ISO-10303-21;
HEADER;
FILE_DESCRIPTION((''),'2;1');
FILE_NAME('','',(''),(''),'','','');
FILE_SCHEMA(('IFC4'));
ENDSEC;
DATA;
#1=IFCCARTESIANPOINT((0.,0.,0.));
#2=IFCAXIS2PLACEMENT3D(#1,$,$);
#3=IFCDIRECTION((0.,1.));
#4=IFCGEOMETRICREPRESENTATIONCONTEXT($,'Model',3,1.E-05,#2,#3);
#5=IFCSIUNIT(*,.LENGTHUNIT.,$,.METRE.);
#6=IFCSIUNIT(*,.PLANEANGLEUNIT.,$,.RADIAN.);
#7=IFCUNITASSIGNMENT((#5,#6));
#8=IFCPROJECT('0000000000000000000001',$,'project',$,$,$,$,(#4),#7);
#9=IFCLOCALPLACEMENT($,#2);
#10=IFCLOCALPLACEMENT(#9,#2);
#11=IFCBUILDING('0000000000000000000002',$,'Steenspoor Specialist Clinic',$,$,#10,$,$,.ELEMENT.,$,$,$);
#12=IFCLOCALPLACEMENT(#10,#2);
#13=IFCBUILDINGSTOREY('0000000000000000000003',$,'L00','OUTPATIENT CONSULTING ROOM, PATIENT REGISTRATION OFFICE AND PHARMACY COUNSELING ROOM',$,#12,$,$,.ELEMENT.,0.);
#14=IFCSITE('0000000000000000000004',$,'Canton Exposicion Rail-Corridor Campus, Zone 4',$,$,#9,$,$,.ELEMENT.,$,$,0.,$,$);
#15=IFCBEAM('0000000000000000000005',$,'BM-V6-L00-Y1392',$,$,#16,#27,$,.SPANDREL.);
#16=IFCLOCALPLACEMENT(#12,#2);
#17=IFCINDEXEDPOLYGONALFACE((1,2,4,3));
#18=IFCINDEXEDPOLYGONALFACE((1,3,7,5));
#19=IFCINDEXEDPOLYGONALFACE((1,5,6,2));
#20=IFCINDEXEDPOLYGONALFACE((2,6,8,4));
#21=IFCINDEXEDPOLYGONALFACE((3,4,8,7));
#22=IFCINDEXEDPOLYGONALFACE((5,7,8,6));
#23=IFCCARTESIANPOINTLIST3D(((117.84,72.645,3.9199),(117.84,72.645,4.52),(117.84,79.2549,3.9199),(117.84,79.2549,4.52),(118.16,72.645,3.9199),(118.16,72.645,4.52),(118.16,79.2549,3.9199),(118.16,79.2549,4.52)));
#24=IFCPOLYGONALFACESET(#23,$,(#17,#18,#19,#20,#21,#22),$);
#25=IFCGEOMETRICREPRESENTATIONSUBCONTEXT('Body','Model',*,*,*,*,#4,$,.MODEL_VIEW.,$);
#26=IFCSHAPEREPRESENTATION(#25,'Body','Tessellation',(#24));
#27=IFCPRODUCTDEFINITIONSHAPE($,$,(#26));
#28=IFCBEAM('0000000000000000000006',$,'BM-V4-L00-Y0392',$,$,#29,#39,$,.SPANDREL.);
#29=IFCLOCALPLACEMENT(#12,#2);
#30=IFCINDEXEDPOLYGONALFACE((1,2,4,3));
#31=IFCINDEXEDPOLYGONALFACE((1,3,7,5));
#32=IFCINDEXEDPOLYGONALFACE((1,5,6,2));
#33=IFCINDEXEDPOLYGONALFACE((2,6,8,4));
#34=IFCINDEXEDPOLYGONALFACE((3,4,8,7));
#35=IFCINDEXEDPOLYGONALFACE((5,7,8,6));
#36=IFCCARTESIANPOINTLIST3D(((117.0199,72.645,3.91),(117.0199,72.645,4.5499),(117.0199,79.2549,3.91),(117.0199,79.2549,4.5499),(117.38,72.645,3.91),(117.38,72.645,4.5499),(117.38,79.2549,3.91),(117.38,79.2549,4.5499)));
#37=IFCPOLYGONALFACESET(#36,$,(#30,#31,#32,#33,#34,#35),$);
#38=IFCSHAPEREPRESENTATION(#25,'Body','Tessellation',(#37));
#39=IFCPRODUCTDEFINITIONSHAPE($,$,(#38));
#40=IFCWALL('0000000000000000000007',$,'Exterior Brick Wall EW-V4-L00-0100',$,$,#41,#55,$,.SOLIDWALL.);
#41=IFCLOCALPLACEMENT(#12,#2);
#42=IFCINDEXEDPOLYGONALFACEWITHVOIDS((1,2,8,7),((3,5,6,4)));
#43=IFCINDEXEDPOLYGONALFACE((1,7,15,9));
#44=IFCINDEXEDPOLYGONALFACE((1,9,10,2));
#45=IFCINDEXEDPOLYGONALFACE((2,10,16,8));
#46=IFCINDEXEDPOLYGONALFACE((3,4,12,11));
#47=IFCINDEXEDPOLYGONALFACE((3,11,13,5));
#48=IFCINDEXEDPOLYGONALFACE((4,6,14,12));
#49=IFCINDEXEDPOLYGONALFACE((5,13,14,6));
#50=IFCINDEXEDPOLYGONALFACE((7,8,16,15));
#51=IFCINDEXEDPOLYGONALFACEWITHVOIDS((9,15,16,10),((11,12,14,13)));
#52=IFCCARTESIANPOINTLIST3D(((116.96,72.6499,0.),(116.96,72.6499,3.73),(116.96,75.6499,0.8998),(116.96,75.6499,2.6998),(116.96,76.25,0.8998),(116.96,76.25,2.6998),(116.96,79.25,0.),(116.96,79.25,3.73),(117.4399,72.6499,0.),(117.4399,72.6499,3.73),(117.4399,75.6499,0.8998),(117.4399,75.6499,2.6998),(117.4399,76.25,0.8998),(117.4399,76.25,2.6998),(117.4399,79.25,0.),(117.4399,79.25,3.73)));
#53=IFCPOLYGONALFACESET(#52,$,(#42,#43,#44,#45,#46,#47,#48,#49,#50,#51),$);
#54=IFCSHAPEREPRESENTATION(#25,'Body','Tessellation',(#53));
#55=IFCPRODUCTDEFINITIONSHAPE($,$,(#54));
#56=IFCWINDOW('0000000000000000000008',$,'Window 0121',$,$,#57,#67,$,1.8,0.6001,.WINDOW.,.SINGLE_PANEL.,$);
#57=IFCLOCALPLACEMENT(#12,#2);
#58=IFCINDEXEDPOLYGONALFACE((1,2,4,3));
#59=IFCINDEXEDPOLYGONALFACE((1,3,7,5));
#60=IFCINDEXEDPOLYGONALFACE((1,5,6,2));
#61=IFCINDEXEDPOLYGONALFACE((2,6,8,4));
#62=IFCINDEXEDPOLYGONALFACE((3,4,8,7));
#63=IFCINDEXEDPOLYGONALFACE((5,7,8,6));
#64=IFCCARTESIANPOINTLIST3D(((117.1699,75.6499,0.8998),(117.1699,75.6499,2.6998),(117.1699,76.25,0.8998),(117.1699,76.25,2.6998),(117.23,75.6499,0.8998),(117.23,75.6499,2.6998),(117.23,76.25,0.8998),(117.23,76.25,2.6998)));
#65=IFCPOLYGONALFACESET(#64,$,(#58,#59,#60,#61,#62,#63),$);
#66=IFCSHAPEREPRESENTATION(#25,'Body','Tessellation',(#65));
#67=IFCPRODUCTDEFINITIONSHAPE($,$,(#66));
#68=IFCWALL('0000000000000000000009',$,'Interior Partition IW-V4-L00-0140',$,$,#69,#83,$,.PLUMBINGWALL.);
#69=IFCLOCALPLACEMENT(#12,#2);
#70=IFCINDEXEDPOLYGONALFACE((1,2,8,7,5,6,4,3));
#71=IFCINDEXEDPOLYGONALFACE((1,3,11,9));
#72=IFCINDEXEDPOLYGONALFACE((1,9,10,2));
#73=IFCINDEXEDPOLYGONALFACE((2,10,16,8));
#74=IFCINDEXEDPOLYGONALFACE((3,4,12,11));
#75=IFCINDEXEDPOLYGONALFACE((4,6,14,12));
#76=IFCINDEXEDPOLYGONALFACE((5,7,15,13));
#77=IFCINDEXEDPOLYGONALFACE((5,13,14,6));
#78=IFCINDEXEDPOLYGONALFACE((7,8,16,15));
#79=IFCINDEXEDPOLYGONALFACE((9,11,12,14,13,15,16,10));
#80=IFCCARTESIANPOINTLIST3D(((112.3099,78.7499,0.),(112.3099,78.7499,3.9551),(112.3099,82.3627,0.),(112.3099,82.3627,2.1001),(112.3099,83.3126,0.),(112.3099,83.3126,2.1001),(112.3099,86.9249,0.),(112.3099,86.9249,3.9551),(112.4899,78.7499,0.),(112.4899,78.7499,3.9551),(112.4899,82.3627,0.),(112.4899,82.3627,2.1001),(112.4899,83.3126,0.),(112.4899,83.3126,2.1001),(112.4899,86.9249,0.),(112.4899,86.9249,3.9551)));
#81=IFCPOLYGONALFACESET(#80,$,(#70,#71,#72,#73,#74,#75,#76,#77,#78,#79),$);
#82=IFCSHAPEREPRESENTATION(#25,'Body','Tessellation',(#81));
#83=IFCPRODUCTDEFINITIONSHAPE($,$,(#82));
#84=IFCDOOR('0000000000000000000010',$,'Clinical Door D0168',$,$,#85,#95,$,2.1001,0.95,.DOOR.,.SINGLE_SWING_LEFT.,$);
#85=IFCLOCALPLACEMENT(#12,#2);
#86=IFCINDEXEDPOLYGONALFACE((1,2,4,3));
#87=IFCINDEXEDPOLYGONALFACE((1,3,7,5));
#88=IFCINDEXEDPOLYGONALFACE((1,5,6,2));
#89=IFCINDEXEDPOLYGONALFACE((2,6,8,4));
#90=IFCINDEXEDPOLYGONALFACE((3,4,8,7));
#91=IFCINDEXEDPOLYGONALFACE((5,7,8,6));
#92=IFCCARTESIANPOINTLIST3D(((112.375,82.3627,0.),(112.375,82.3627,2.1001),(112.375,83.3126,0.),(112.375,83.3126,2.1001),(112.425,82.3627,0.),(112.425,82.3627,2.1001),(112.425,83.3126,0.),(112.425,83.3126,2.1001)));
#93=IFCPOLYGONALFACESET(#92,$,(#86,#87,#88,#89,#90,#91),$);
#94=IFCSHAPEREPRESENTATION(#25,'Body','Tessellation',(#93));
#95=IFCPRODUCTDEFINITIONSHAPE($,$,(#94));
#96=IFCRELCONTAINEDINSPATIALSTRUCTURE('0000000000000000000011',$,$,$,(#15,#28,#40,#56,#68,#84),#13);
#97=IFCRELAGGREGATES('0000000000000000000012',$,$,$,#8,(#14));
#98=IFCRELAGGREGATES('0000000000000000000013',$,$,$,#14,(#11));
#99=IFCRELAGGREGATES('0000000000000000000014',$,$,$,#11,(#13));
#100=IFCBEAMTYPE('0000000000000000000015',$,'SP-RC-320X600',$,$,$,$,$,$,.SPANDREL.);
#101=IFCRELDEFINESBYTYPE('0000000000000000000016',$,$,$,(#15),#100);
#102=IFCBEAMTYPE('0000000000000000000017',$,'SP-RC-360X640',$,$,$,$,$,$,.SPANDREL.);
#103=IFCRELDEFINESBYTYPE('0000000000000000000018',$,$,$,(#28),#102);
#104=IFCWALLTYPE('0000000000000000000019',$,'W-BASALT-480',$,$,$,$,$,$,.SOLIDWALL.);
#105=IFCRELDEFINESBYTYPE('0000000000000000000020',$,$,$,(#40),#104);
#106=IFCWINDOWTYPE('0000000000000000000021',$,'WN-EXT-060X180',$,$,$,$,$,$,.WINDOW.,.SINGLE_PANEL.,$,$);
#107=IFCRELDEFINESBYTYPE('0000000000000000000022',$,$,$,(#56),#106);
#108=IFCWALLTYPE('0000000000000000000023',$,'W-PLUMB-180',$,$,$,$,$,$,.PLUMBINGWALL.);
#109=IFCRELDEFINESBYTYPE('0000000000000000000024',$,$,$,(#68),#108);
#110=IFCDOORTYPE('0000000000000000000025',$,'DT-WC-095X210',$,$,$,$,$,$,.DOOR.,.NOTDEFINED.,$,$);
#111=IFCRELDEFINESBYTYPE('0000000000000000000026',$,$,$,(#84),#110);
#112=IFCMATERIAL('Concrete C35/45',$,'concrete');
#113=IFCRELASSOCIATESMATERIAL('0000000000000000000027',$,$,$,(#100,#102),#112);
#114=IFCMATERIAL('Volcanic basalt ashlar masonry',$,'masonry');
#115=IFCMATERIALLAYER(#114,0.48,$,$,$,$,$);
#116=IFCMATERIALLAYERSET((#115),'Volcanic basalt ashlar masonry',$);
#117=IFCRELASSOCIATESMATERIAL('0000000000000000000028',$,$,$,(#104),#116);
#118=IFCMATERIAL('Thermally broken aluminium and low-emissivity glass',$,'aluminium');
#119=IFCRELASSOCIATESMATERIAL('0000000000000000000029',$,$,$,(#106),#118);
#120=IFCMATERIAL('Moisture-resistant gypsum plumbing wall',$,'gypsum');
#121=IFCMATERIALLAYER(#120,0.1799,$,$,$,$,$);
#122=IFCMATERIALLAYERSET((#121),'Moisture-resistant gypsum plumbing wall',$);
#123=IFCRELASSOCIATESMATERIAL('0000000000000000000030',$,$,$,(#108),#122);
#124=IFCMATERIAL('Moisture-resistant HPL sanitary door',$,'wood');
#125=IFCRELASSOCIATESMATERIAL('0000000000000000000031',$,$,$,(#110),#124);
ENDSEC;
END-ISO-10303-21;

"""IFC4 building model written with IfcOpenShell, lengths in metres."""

from ifc_helpers import new_model, si_unit, direction, frame, frame_2d, origin, origin_2d, place, context, subcontext, project, spatial, rectangle, extrude, material, layer, layer_set, material_profile, profile_set, type_object, element, fill, save


model = new_model("IFC4")

# Units and contexts
model_context = context("Model", 3, precision=1e-05, world=origin(), true_north=direction((0.0, 1.0)))
body_context = subcontext(model_context, "Body", "Model", "MODEL_VIEW")
ifc_project = project(units=[si_unit("LENGTHUNIT", "METRE"), si_unit("PLANEANGLEUNIT", "RADIAN")], contexts=[model_context])

# Site, building, storey
site_placement = place(None, origin())
site = spatial("IfcSite", under=ifc_project, at=site_placement, Name="Canton Exposicion Rail-Corridor Campus, Zone 4", CompositionType="ELEMENT", RefElevation=0.0)
building_placement = place(site_placement, origin())
building = spatial("IfcBuilding", under=site, at=building_placement, Name="Steenspoor Specialist Clinic", CompositionType="ELEMENT")
storey_placement = place(building_placement, origin())
storey = spatial("IfcBuildingStorey", under=building, at=storey_placement, Name="L00", Description="OUTPATIENT CONSULTING ROOM, PATIENT REGISTRATION OFFICE AND PHARMACY COUNSELING ROOM", CompositionType="ELEMENT", Elevation=0.0)

# Shared definitions
ifc_material_1 = material(Name="Concrete C35/45", Category="concrete")

# Shared definitions
ifc_material_2 = material(Name="Thermally broken aluminium and low-emissivity glass", Category="aluminium")

# Beams
ifc_material_profile_1 = material_profile(ifc_material_1, rectangle(XDim=0.3201, YDim=0.6001, at=origin_2d()), Name="RC-SP-320X600")
ifc_profile_set_1 = profile_set([ifc_material_profile_1], Name="Concrete C35/45")
beam_type_1 = type_object("IfcBeamType", Name="SP-RC-320X600", PredefinedType="SPANDREL", material=ifc_profile_set_1)
beam_1_placement = place(storey_placement, frame((118.0, 72.645, 4.22), z_axis=(0.0, 1.0, 0.0), x_axis=(-1.0, 0.0, 0.0)))
element("IfcBeam", 1, at=beam_1_placement, inside=storey, type_object=beam_type_1, Name="BM-V6-L00-Y1392", PredefinedType="SPANDREL", context=body_context, shape_type="SweptSolid", body=[
    extrude(rectangle(XDim=0.3201, YDim=0.6001, at=origin_2d()), origin(), (0.0, 0.0, 1.0), 6.6099),
])
ifc_material_profile_2 = material_profile(ifc_material_1, rectangle(XDim=0.3601, YDim=0.6399, at=origin_2d()), Name="RC-SP-360X640")
ifc_profile_set_2 = profile_set([ifc_material_profile_2], Name="Concrete C35/45")
beam_type_2 = type_object("IfcBeamType", Name="SP-RC-360X640", PredefinedType="SPANDREL", material=ifc_profile_set_2)
beam_2_placement = place(storey_placement, frame((117.2, 72.645, 4.23), z_axis=(0.0, 1.0, 0.0), x_axis=(-1.0, 0.0, 0.0)))
element("IfcBeam", 2, at=beam_2_placement, inside=storey, type_object=beam_type_2, Name="BM-V4-L00-Y0392", PredefinedType="SPANDREL", context=body_context, shape_type="SweptSolid", body=[
    extrude(rectangle(XDim=0.3601, YDim=0.6399, at=origin_2d()), origin(), (0.0, 0.0, 1.0), 6.6099),
])

# Wall, opening, window
ifc_material_3 = material(Name="Volcanic basalt ashlar masonry", Category="masonry")
ifc_layer_1 = layer(ifc_material_3, 0.48)
ifc_layer_set_1 = layer_set([ifc_layer_1], Name="Volcanic basalt ashlar masonry")
wall_type_1 = type_object("IfcWallType", Name="W-BASALT-480", PredefinedType="SOLIDWALL", material=ifc_layer_set_1)
wall_1_placement = place(storey_placement, frame((117.2, 79.25, 0.0), z_axis=(0.0, 0.0, 1.0), x_axis=(0.0, -1.0, 0.0)))
wall_1 = element("IfcWall", 3, at=wall_1_placement, inside=storey, type_object=wall_type_1, Name="Exterior Brick Wall EW-V4-L00-0100", PredefinedType="SOLIDWALL", context=body_context, shape_type="SweptSolid", body=[
    extrude(rectangle(XDim=6.6001, YDim=0.48, at=frame_2d((3.3, 0.0))), origin(), (0.0, 0.0, 1.0), 3.73),
])
opening_1_placement = place(wall_1_placement, frame((3.0, 0.0, 0.8999)))
opening_1 = element("IfcOpeningElement", 4, at=opening_1_placement, cuts=wall_1, PredefinedType="OPENING", context=body_context, shape_type="SweptSolid", body=[
    extrude(rectangle(XDim=0.6001, YDim=1.8, at=frame_2d((0.3, 0.8999))), frame((0.0, 0.25, 0.0), z_axis=(0.0, -1.0, 0.0), x_axis=(1.0, 0.0, 0.0)), (0.0, 0.0, 1.0), 0.5),
])
window_type = type_object("IfcWindowType", Name="WN-EXT-060X180", PartitioningType="SINGLE_PANEL", PredefinedType="WINDOW", material=ifc_material_2)
window_placement = place(opening_1_placement, origin())
window = element("IfcWindow", 5, at=window_placement, inside=storey, type_object=window_type, Name="Window 0121", OverallHeight=1.8, OverallWidth=0.6001, PartitioningType="SINGLE_PANEL", PredefinedType="WINDOW", context=body_context, shape_type="SweptSolid", body=[
    extrude(rectangle(XDim=0.6001, YDim=1.8, at=frame_2d((0.3, 0.8999))), frame((0.0, 0.03, 0.0), z_axis=(0.0, -1.0, 0.0), x_axis=(1.0, 0.0, 0.0)), (0.0, 0.0, 1.0), 0.0601),
])
fill(opening_1, window)

# Wall, opening, door
ifc_material_4 = material(Name="Moisture-resistant gypsum plumbing wall", Category="gypsum")
ifc_layer_2 = layer(ifc_material_4, 0.1799)
ifc_layer_set_2 = layer_set([ifc_layer_2], Name="Moisture-resistant gypsum plumbing wall")
wall_type_2 = type_object("IfcWallType", Name="W-PLUMB-180", PredefinedType="PLUMBINGWALL", material=ifc_layer_set_2)
wall_2_placement = place(storey_placement, frame((112.3999, 78.75, 0.0), z_axis=(0.0, 0.0, 1.0), x_axis=(0.0, 1.0, 0.0)))
wall_2 = element("IfcWall", 6, at=wall_2_placement, inside=storey, type_object=wall_type_2, Name="Interior Partition IW-V4-L00-0140", PredefinedType="PLUMBINGWALL", context=body_context, shape_type="SweptSolid", body=[
    extrude(rectangle(XDim=8.175, YDim=0.1799, at=frame_2d((4.0874, 0.0))), origin(), (0.0, 0.0, 1.0), 3.9551),
])
opening_2_placement = place(wall_2_placement, frame((3.6125, 0.0, 0.0)))
opening_2 = element("IfcOpeningElement", 7, at=opening_2_placement, cuts=wall_2, PredefinedType="OPENING", context=body_context, shape_type="SweptSolid", body=[
    extrude(rectangle(XDim=0.95, YDim=2.1001, at=frame_2d((0.4751, 1.05))), frame((0.0, 0.1001, 0.0), z_axis=(0.0, -1.0, 0.0), x_axis=(1.0, 0.0, 0.0)), (0.0, 0.0, 1.0), 0.2),
])
ifc_material_5 = material(Name="Moisture-resistant HPL sanitary door", Category="wood")
door_type = type_object("IfcDoorType", Name="DT-WC-095X210", OperationType="NOTDEFINED", PredefinedType="DOOR", material=ifc_material_5)
door_placement = place(opening_2_placement, origin())
door = element("IfcDoor", 8, at=door_placement, inside=storey, type_object=door_type, Name="Clinical Door D0168", OperationType="SINGLE_SWING_LEFT", OverallHeight=2.1001, OverallWidth=0.95, PredefinedType="DOOR", context=body_context, shape_type="SweptSolid", body=[
    extrude(rectangle(XDim=0.95, YDim=2.1001, at=frame_2d((0.4751, 1.05))), frame((0.0, 0.0249, 0.0), z_axis=(0.0, -1.0, 0.0), x_axis=(1.0, 0.0, 0.0)), (0.0, 0.0, 1.0), 0.05),
])
fill(opening_2, door)

save(model, "model.ifc")
